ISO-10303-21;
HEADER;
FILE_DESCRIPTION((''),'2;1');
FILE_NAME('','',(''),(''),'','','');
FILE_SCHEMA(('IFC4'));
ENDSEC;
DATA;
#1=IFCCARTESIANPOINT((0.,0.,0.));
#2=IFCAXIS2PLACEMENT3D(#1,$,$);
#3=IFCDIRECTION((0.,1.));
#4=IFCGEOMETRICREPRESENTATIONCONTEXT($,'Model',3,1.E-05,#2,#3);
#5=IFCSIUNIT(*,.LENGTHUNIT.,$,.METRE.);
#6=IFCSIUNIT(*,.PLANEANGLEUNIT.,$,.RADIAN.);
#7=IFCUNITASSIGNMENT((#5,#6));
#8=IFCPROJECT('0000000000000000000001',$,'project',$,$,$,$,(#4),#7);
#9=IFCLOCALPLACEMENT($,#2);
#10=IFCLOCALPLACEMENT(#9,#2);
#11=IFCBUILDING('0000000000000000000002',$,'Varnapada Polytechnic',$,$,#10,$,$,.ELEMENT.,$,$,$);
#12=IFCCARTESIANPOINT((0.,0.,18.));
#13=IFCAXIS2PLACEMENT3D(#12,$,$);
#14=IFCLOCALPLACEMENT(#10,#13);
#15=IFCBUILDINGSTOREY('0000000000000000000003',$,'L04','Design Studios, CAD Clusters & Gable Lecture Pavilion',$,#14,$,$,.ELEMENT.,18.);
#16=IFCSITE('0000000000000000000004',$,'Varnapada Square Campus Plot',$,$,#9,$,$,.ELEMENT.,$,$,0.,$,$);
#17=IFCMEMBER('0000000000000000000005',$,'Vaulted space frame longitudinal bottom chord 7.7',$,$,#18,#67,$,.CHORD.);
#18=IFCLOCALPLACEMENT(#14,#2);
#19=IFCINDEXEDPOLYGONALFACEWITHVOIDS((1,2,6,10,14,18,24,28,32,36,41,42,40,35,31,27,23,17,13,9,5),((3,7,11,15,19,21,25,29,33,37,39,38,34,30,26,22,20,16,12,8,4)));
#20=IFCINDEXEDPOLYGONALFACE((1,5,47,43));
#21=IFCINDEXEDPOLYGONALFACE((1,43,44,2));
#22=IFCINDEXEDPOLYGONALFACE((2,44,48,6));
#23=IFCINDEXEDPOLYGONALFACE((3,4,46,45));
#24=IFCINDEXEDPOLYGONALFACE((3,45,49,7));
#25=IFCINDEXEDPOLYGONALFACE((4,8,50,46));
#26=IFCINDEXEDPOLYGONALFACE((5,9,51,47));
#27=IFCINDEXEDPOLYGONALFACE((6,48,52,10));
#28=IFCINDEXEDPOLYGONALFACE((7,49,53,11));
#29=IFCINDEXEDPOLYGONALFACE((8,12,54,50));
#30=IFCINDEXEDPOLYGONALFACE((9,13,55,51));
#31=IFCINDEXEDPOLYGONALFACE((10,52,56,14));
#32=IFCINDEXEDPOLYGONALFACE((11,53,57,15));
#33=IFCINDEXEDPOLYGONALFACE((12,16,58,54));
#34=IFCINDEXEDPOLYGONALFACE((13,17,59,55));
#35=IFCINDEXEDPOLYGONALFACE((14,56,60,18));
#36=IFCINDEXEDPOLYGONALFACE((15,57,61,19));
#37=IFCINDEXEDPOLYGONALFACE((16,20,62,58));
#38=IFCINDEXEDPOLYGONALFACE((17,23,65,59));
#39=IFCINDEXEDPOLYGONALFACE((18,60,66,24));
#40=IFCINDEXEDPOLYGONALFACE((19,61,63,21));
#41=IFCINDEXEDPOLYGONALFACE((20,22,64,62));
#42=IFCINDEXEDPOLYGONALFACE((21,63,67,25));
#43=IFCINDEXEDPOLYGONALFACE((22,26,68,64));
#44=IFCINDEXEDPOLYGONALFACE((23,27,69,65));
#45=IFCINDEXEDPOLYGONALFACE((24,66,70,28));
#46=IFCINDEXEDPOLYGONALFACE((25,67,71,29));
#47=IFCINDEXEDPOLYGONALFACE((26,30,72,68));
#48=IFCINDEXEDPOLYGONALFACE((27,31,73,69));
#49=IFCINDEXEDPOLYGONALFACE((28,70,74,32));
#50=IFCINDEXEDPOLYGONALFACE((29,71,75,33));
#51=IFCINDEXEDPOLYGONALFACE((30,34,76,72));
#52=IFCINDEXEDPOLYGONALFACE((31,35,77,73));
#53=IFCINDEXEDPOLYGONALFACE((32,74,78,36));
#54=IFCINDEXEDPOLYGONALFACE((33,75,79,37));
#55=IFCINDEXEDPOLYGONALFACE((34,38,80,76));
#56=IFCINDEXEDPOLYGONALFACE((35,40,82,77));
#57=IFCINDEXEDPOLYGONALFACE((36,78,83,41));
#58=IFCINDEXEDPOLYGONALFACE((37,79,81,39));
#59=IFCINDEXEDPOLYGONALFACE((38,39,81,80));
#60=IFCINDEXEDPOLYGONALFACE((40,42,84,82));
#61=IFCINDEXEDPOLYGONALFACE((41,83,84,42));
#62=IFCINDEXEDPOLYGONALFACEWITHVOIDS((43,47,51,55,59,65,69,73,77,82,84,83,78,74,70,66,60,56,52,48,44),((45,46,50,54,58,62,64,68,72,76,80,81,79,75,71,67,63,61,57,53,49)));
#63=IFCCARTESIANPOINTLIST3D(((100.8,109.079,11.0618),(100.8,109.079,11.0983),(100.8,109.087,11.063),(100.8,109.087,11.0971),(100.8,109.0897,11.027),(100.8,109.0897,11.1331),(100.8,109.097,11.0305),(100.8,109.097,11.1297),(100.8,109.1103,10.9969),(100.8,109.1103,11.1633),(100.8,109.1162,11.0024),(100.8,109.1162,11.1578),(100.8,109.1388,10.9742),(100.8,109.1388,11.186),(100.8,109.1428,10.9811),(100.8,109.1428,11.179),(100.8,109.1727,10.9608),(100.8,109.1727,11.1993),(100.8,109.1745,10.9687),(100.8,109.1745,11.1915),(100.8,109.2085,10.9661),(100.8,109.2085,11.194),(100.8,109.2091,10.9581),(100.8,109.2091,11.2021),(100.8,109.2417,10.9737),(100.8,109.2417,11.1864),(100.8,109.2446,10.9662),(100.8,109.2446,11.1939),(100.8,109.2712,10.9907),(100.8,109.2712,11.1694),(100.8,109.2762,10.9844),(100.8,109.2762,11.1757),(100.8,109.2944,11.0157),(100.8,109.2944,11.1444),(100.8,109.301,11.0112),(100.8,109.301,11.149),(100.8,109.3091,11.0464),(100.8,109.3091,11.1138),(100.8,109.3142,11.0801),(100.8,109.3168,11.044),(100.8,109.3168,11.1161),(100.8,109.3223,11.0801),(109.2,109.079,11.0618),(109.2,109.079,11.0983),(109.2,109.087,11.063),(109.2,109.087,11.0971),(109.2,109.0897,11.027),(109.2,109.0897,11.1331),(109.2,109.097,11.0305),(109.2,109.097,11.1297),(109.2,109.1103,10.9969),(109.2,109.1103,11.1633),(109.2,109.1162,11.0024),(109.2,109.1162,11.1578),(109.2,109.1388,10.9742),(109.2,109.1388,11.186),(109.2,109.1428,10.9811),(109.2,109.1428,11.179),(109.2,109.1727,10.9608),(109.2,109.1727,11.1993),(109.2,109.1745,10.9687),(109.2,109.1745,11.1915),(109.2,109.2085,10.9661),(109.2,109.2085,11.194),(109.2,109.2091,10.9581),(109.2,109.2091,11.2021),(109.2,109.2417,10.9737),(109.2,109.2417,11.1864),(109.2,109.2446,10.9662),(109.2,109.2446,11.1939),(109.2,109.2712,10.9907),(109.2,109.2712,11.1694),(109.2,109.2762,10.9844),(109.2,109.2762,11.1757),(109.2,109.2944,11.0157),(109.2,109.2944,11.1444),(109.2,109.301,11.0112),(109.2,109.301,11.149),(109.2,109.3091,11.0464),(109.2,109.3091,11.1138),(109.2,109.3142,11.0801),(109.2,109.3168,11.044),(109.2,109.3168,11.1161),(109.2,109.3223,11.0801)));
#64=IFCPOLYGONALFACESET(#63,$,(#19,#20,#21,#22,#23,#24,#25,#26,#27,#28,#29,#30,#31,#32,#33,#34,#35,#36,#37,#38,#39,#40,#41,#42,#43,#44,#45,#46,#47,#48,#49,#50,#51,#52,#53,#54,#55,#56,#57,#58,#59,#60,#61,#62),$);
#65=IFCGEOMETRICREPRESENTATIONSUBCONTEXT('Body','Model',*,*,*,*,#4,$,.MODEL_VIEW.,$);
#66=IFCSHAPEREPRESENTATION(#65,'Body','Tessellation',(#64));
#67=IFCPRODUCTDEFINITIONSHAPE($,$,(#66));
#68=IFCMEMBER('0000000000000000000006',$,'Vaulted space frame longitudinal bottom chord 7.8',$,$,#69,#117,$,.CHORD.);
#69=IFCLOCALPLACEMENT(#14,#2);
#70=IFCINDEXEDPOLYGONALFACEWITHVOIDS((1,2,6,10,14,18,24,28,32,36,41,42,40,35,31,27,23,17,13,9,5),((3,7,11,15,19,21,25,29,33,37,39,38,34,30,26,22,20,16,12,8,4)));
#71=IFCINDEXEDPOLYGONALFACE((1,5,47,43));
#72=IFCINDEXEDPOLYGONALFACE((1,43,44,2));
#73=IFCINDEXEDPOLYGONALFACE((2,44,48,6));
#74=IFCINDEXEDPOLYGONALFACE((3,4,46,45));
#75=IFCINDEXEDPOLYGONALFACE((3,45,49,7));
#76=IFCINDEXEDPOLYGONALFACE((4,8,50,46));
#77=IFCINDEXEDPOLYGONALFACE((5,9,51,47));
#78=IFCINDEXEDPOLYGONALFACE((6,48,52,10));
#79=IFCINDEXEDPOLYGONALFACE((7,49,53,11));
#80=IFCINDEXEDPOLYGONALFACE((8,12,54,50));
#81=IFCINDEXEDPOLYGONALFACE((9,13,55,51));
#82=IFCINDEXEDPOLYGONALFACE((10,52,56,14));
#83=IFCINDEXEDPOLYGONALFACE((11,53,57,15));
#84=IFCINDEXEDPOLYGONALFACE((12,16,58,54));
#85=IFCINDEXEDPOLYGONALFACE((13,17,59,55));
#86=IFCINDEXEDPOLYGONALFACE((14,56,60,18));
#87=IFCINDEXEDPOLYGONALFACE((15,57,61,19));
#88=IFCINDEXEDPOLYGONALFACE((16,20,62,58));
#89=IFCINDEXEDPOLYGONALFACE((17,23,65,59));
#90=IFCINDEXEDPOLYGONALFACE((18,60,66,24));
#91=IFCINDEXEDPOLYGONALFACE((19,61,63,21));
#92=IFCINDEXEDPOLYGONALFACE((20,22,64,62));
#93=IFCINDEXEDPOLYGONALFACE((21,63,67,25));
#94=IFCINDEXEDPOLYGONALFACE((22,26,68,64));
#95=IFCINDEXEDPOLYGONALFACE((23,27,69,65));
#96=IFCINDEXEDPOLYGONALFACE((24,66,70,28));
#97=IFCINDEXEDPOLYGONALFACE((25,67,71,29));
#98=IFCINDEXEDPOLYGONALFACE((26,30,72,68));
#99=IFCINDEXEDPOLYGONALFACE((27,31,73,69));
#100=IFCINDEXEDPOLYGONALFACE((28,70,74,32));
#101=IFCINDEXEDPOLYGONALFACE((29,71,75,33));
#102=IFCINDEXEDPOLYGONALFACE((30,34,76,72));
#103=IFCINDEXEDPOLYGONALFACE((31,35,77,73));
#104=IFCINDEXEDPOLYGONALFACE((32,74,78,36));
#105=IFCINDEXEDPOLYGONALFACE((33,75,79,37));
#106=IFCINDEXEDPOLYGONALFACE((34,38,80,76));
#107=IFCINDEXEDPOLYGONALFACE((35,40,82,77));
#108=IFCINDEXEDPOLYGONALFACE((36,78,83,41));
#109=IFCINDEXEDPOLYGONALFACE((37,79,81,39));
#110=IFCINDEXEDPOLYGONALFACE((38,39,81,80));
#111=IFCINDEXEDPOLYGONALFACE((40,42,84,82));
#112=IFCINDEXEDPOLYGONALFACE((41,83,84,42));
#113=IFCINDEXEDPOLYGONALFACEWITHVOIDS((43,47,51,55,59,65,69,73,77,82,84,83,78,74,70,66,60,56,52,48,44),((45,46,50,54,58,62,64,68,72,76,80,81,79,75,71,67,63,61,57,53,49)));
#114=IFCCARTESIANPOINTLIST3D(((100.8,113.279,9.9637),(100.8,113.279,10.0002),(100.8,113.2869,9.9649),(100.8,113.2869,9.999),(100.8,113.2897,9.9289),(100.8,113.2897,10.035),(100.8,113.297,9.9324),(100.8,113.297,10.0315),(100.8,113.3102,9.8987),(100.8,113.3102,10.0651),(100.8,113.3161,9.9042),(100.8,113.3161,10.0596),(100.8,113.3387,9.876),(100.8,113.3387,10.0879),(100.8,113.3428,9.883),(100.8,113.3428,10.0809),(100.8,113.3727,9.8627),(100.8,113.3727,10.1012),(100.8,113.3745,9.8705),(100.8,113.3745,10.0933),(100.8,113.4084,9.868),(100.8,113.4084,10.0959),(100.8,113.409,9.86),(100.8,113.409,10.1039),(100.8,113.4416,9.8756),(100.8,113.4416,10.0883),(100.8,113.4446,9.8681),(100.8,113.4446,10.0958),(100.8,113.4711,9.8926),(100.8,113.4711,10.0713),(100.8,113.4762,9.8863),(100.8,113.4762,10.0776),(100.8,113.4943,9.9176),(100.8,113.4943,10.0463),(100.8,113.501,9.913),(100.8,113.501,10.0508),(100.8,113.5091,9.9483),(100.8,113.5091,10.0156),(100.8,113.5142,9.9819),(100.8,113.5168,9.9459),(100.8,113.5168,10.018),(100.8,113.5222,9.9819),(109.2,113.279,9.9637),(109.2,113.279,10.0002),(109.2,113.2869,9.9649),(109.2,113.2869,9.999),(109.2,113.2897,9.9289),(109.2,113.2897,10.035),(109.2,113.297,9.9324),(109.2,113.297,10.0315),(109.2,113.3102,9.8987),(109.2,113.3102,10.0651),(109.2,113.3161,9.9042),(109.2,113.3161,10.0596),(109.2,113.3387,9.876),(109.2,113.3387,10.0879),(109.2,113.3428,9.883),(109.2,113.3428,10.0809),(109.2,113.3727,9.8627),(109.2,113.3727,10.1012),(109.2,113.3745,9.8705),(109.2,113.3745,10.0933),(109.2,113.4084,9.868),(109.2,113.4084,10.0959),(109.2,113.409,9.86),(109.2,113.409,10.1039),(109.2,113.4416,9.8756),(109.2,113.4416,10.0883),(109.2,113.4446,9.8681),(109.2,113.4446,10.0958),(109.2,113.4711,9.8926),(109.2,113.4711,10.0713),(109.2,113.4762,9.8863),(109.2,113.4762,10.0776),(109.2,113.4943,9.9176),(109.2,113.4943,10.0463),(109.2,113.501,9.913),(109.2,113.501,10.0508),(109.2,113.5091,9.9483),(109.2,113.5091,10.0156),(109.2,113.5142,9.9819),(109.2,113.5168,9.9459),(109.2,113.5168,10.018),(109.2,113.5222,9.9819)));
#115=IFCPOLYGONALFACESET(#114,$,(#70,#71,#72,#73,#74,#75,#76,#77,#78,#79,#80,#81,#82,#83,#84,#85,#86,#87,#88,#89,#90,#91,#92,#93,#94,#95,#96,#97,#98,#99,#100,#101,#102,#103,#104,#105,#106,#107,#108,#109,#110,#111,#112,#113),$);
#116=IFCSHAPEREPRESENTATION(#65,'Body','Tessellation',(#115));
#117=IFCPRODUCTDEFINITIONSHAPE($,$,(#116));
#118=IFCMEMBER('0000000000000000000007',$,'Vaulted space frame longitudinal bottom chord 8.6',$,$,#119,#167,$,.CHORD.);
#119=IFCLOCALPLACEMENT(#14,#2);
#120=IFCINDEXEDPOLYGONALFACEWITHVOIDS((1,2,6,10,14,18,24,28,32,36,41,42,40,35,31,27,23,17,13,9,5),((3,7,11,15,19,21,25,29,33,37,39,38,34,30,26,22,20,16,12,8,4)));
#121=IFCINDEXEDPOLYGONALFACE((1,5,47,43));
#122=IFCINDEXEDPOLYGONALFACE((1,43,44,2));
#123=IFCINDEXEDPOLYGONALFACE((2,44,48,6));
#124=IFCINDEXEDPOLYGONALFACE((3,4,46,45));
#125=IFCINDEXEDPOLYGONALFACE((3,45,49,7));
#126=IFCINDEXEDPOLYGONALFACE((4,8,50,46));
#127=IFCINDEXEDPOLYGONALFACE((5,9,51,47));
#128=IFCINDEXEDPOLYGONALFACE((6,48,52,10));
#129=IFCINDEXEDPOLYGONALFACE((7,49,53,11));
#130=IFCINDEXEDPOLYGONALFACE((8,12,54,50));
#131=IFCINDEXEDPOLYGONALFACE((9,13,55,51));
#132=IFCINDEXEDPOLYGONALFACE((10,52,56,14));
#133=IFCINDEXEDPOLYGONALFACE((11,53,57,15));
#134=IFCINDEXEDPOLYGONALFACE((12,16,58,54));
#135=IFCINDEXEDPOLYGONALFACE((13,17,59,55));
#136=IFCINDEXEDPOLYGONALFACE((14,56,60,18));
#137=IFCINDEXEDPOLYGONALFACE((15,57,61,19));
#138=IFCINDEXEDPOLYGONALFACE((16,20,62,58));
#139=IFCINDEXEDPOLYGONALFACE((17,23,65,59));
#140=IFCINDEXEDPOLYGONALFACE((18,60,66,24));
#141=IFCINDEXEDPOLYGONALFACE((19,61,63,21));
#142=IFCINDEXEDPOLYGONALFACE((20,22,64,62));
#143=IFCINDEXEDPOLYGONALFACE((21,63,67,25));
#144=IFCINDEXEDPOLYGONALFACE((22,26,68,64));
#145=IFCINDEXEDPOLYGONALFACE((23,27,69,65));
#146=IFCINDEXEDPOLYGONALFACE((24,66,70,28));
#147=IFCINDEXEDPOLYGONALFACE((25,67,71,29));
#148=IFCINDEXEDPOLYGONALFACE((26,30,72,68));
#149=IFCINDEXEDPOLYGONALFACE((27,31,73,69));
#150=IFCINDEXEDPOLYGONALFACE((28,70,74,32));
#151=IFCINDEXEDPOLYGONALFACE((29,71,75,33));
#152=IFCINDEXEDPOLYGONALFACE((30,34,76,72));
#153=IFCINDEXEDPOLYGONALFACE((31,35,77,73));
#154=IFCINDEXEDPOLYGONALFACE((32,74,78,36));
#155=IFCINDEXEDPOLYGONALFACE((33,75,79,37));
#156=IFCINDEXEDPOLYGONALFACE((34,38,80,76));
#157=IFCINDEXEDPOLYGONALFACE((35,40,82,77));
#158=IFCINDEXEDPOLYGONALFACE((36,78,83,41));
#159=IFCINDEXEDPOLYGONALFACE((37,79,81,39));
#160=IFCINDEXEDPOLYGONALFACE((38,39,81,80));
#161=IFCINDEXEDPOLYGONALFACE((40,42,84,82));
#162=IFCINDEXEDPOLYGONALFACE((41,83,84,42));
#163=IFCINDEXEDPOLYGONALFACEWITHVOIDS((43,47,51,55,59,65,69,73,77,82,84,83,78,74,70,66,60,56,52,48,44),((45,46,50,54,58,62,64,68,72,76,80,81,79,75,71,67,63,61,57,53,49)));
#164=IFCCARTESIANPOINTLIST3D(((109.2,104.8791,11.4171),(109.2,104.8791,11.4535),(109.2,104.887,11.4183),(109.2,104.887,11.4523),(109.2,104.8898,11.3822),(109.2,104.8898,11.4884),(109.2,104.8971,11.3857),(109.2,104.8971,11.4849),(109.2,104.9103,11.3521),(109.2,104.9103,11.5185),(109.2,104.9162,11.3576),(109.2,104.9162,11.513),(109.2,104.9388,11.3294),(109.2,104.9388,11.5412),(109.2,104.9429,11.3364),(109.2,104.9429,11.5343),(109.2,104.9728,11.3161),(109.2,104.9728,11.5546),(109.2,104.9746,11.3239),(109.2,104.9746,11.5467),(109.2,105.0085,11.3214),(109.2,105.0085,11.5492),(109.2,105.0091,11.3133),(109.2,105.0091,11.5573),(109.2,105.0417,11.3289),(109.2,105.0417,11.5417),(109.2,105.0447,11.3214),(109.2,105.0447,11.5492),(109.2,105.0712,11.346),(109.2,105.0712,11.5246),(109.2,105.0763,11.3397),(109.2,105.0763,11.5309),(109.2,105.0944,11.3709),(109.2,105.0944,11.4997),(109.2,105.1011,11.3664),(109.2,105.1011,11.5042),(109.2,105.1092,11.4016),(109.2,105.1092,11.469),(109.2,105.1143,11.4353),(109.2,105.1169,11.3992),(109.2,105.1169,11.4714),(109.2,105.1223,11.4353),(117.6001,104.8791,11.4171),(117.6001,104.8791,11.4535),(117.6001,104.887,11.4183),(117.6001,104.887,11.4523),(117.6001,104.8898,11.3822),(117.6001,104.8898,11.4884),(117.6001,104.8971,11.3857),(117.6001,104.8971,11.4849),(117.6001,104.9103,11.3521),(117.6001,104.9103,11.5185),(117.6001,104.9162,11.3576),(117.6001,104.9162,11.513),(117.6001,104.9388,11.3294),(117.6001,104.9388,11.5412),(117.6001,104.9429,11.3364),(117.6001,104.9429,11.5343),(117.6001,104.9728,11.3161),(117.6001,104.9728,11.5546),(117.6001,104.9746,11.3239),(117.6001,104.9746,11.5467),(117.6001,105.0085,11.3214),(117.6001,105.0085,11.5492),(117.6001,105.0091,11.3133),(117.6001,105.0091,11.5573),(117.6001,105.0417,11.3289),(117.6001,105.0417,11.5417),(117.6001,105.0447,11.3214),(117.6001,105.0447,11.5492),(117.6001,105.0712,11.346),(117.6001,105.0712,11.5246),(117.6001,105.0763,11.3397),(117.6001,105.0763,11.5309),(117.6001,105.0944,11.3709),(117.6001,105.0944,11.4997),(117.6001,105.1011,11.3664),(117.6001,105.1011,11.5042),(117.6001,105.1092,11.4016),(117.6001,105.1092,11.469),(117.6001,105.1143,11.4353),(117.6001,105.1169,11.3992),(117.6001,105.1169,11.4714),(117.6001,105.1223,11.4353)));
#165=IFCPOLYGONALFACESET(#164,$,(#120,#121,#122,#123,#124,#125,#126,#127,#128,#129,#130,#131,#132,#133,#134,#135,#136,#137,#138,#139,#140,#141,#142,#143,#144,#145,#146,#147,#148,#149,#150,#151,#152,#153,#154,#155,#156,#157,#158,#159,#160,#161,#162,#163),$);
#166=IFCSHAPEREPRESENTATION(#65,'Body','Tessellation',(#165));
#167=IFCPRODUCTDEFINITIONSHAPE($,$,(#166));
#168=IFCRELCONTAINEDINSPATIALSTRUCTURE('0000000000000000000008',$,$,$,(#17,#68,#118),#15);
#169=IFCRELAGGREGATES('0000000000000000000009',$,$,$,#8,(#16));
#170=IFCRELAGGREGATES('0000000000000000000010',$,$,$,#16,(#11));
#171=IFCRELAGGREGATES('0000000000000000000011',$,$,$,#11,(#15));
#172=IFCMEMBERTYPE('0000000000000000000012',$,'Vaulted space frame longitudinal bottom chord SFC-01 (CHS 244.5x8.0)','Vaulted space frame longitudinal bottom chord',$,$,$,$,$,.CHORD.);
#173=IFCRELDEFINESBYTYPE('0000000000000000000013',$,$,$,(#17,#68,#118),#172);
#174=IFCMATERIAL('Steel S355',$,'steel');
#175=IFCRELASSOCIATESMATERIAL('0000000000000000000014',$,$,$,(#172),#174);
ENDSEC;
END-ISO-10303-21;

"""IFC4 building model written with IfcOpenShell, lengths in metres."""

from ifc_helpers import new_model, si_unit, direction, frame, origin, origin_2d, place, context, subcontext, project, spatial, hollow_circle, extrude, material, material_profile, profile_set, type_object, element, save


model = new_model("IFC4")

# Units and contexts
model_context = context("Model", 3, precision=1e-05, world=origin(), true_north=direction((0.0, 1.0)))
body_context = subcontext(model_context, "Body", "Model", "MODEL_VIEW")
ifc_project = project(units=[si_unit("LENGTHUNIT", "METRE"), si_unit("PLANEANGLEUNIT", "RADIAN")], contexts=[model_context])

# Site, building, storey
site_placement = place(None, origin())
site = spatial("IfcSite", under=ifc_project, at=site_placement, Name="Varnapada Square Campus Plot", CompositionType="ELEMENT", RefElevation=0.0)
building_placement = place(site_placement, origin())
building = spatial("IfcBuilding", under=site, at=building_placement, Name="Varnapada Polytechnic", CompositionType="ELEMENT")
storey_placement = place(building_placement, frame((0.0, 0.0, 18.0)))
storey = spatial("IfcBuildingStorey", under=building, at=storey_placement, Name="L04", Description="Design Studios, CAD Clusters & Gable Lecture Pavilion", CompositionType="ELEMENT", Elevation=18.0)

# Members
ifc_material = material(Name="Steel S355", Category="steel")
ifc_material_profile_1 = material_profile(ifc_material, hollow_circle(Radius=0.1223, WallThickness=0.0081, at=origin_2d()), Name="CHS 244.5x8.0")
ifc_profile_set_1 = profile_set([ifc_material_profile_1], Name="Steel S355")
member_type_1 = type_object("IfcMemberType", Name="Vaulted space frame longitudinal bottom chord SFC-01 (CHS 244.5x8.0)", Description="Vaulted space frame longitudinal bottom chord", PredefinedType="CHORD", material=ifc_profile_set_1)
for number, where, z_axis, x_axis, name in (
    (1, (100.8, 109.2, 11.0801), (1.0, 0.0, 0.0), (0.0, 1.0, 0.0), "Vaulted space frame longitudinal bottom chord 7.7"),
    (2, (100.8, 113.3999, 9.9819), (1.0, 0.0, 0.0), (0.0, 1.0, 0.0), "Vaulted space frame longitudinal bottom chord 7.8"),
):
    element("IfcMember", number, at=place(storey_placement, frame(where, z_axis=z_axis, x_axis=x_axis)), inside=storey, type_object=member_type_1, Name=name, PredefinedType="CHORD", context=body_context, shape_type="SweptSolid", body=[
        extrude(hollow_circle(Radius=0.1223, WallThickness=0.0081, at=origin_2d()), origin(), (0.0, 0.0, 1.0), 8.3999),
    ])
for number, where, z_axis, x_axis, name in (
    (3, (109.2, 105.0, 11.4353), (1.0, 0.0, 0.0), (0.0, 1.0, 0.0), "Vaulted space frame longitudinal bottom chord 8.6"),
):
    element("IfcMember", number, at=place(storey_placement, frame(where, z_axis=z_axis, x_axis=x_axis)), inside=storey, type_object=member_type_1, Name=name, PredefinedType="CHORD", context=body_context, shape_type="SweptSolid", body=[
        extrude(hollow_circle(Radius=0.1223, WallThickness=0.0081, at=origin_2d()), origin(), (0.0, 0.0, 1.0), 8.4001),
    ])

save(model, "model.ifc")
